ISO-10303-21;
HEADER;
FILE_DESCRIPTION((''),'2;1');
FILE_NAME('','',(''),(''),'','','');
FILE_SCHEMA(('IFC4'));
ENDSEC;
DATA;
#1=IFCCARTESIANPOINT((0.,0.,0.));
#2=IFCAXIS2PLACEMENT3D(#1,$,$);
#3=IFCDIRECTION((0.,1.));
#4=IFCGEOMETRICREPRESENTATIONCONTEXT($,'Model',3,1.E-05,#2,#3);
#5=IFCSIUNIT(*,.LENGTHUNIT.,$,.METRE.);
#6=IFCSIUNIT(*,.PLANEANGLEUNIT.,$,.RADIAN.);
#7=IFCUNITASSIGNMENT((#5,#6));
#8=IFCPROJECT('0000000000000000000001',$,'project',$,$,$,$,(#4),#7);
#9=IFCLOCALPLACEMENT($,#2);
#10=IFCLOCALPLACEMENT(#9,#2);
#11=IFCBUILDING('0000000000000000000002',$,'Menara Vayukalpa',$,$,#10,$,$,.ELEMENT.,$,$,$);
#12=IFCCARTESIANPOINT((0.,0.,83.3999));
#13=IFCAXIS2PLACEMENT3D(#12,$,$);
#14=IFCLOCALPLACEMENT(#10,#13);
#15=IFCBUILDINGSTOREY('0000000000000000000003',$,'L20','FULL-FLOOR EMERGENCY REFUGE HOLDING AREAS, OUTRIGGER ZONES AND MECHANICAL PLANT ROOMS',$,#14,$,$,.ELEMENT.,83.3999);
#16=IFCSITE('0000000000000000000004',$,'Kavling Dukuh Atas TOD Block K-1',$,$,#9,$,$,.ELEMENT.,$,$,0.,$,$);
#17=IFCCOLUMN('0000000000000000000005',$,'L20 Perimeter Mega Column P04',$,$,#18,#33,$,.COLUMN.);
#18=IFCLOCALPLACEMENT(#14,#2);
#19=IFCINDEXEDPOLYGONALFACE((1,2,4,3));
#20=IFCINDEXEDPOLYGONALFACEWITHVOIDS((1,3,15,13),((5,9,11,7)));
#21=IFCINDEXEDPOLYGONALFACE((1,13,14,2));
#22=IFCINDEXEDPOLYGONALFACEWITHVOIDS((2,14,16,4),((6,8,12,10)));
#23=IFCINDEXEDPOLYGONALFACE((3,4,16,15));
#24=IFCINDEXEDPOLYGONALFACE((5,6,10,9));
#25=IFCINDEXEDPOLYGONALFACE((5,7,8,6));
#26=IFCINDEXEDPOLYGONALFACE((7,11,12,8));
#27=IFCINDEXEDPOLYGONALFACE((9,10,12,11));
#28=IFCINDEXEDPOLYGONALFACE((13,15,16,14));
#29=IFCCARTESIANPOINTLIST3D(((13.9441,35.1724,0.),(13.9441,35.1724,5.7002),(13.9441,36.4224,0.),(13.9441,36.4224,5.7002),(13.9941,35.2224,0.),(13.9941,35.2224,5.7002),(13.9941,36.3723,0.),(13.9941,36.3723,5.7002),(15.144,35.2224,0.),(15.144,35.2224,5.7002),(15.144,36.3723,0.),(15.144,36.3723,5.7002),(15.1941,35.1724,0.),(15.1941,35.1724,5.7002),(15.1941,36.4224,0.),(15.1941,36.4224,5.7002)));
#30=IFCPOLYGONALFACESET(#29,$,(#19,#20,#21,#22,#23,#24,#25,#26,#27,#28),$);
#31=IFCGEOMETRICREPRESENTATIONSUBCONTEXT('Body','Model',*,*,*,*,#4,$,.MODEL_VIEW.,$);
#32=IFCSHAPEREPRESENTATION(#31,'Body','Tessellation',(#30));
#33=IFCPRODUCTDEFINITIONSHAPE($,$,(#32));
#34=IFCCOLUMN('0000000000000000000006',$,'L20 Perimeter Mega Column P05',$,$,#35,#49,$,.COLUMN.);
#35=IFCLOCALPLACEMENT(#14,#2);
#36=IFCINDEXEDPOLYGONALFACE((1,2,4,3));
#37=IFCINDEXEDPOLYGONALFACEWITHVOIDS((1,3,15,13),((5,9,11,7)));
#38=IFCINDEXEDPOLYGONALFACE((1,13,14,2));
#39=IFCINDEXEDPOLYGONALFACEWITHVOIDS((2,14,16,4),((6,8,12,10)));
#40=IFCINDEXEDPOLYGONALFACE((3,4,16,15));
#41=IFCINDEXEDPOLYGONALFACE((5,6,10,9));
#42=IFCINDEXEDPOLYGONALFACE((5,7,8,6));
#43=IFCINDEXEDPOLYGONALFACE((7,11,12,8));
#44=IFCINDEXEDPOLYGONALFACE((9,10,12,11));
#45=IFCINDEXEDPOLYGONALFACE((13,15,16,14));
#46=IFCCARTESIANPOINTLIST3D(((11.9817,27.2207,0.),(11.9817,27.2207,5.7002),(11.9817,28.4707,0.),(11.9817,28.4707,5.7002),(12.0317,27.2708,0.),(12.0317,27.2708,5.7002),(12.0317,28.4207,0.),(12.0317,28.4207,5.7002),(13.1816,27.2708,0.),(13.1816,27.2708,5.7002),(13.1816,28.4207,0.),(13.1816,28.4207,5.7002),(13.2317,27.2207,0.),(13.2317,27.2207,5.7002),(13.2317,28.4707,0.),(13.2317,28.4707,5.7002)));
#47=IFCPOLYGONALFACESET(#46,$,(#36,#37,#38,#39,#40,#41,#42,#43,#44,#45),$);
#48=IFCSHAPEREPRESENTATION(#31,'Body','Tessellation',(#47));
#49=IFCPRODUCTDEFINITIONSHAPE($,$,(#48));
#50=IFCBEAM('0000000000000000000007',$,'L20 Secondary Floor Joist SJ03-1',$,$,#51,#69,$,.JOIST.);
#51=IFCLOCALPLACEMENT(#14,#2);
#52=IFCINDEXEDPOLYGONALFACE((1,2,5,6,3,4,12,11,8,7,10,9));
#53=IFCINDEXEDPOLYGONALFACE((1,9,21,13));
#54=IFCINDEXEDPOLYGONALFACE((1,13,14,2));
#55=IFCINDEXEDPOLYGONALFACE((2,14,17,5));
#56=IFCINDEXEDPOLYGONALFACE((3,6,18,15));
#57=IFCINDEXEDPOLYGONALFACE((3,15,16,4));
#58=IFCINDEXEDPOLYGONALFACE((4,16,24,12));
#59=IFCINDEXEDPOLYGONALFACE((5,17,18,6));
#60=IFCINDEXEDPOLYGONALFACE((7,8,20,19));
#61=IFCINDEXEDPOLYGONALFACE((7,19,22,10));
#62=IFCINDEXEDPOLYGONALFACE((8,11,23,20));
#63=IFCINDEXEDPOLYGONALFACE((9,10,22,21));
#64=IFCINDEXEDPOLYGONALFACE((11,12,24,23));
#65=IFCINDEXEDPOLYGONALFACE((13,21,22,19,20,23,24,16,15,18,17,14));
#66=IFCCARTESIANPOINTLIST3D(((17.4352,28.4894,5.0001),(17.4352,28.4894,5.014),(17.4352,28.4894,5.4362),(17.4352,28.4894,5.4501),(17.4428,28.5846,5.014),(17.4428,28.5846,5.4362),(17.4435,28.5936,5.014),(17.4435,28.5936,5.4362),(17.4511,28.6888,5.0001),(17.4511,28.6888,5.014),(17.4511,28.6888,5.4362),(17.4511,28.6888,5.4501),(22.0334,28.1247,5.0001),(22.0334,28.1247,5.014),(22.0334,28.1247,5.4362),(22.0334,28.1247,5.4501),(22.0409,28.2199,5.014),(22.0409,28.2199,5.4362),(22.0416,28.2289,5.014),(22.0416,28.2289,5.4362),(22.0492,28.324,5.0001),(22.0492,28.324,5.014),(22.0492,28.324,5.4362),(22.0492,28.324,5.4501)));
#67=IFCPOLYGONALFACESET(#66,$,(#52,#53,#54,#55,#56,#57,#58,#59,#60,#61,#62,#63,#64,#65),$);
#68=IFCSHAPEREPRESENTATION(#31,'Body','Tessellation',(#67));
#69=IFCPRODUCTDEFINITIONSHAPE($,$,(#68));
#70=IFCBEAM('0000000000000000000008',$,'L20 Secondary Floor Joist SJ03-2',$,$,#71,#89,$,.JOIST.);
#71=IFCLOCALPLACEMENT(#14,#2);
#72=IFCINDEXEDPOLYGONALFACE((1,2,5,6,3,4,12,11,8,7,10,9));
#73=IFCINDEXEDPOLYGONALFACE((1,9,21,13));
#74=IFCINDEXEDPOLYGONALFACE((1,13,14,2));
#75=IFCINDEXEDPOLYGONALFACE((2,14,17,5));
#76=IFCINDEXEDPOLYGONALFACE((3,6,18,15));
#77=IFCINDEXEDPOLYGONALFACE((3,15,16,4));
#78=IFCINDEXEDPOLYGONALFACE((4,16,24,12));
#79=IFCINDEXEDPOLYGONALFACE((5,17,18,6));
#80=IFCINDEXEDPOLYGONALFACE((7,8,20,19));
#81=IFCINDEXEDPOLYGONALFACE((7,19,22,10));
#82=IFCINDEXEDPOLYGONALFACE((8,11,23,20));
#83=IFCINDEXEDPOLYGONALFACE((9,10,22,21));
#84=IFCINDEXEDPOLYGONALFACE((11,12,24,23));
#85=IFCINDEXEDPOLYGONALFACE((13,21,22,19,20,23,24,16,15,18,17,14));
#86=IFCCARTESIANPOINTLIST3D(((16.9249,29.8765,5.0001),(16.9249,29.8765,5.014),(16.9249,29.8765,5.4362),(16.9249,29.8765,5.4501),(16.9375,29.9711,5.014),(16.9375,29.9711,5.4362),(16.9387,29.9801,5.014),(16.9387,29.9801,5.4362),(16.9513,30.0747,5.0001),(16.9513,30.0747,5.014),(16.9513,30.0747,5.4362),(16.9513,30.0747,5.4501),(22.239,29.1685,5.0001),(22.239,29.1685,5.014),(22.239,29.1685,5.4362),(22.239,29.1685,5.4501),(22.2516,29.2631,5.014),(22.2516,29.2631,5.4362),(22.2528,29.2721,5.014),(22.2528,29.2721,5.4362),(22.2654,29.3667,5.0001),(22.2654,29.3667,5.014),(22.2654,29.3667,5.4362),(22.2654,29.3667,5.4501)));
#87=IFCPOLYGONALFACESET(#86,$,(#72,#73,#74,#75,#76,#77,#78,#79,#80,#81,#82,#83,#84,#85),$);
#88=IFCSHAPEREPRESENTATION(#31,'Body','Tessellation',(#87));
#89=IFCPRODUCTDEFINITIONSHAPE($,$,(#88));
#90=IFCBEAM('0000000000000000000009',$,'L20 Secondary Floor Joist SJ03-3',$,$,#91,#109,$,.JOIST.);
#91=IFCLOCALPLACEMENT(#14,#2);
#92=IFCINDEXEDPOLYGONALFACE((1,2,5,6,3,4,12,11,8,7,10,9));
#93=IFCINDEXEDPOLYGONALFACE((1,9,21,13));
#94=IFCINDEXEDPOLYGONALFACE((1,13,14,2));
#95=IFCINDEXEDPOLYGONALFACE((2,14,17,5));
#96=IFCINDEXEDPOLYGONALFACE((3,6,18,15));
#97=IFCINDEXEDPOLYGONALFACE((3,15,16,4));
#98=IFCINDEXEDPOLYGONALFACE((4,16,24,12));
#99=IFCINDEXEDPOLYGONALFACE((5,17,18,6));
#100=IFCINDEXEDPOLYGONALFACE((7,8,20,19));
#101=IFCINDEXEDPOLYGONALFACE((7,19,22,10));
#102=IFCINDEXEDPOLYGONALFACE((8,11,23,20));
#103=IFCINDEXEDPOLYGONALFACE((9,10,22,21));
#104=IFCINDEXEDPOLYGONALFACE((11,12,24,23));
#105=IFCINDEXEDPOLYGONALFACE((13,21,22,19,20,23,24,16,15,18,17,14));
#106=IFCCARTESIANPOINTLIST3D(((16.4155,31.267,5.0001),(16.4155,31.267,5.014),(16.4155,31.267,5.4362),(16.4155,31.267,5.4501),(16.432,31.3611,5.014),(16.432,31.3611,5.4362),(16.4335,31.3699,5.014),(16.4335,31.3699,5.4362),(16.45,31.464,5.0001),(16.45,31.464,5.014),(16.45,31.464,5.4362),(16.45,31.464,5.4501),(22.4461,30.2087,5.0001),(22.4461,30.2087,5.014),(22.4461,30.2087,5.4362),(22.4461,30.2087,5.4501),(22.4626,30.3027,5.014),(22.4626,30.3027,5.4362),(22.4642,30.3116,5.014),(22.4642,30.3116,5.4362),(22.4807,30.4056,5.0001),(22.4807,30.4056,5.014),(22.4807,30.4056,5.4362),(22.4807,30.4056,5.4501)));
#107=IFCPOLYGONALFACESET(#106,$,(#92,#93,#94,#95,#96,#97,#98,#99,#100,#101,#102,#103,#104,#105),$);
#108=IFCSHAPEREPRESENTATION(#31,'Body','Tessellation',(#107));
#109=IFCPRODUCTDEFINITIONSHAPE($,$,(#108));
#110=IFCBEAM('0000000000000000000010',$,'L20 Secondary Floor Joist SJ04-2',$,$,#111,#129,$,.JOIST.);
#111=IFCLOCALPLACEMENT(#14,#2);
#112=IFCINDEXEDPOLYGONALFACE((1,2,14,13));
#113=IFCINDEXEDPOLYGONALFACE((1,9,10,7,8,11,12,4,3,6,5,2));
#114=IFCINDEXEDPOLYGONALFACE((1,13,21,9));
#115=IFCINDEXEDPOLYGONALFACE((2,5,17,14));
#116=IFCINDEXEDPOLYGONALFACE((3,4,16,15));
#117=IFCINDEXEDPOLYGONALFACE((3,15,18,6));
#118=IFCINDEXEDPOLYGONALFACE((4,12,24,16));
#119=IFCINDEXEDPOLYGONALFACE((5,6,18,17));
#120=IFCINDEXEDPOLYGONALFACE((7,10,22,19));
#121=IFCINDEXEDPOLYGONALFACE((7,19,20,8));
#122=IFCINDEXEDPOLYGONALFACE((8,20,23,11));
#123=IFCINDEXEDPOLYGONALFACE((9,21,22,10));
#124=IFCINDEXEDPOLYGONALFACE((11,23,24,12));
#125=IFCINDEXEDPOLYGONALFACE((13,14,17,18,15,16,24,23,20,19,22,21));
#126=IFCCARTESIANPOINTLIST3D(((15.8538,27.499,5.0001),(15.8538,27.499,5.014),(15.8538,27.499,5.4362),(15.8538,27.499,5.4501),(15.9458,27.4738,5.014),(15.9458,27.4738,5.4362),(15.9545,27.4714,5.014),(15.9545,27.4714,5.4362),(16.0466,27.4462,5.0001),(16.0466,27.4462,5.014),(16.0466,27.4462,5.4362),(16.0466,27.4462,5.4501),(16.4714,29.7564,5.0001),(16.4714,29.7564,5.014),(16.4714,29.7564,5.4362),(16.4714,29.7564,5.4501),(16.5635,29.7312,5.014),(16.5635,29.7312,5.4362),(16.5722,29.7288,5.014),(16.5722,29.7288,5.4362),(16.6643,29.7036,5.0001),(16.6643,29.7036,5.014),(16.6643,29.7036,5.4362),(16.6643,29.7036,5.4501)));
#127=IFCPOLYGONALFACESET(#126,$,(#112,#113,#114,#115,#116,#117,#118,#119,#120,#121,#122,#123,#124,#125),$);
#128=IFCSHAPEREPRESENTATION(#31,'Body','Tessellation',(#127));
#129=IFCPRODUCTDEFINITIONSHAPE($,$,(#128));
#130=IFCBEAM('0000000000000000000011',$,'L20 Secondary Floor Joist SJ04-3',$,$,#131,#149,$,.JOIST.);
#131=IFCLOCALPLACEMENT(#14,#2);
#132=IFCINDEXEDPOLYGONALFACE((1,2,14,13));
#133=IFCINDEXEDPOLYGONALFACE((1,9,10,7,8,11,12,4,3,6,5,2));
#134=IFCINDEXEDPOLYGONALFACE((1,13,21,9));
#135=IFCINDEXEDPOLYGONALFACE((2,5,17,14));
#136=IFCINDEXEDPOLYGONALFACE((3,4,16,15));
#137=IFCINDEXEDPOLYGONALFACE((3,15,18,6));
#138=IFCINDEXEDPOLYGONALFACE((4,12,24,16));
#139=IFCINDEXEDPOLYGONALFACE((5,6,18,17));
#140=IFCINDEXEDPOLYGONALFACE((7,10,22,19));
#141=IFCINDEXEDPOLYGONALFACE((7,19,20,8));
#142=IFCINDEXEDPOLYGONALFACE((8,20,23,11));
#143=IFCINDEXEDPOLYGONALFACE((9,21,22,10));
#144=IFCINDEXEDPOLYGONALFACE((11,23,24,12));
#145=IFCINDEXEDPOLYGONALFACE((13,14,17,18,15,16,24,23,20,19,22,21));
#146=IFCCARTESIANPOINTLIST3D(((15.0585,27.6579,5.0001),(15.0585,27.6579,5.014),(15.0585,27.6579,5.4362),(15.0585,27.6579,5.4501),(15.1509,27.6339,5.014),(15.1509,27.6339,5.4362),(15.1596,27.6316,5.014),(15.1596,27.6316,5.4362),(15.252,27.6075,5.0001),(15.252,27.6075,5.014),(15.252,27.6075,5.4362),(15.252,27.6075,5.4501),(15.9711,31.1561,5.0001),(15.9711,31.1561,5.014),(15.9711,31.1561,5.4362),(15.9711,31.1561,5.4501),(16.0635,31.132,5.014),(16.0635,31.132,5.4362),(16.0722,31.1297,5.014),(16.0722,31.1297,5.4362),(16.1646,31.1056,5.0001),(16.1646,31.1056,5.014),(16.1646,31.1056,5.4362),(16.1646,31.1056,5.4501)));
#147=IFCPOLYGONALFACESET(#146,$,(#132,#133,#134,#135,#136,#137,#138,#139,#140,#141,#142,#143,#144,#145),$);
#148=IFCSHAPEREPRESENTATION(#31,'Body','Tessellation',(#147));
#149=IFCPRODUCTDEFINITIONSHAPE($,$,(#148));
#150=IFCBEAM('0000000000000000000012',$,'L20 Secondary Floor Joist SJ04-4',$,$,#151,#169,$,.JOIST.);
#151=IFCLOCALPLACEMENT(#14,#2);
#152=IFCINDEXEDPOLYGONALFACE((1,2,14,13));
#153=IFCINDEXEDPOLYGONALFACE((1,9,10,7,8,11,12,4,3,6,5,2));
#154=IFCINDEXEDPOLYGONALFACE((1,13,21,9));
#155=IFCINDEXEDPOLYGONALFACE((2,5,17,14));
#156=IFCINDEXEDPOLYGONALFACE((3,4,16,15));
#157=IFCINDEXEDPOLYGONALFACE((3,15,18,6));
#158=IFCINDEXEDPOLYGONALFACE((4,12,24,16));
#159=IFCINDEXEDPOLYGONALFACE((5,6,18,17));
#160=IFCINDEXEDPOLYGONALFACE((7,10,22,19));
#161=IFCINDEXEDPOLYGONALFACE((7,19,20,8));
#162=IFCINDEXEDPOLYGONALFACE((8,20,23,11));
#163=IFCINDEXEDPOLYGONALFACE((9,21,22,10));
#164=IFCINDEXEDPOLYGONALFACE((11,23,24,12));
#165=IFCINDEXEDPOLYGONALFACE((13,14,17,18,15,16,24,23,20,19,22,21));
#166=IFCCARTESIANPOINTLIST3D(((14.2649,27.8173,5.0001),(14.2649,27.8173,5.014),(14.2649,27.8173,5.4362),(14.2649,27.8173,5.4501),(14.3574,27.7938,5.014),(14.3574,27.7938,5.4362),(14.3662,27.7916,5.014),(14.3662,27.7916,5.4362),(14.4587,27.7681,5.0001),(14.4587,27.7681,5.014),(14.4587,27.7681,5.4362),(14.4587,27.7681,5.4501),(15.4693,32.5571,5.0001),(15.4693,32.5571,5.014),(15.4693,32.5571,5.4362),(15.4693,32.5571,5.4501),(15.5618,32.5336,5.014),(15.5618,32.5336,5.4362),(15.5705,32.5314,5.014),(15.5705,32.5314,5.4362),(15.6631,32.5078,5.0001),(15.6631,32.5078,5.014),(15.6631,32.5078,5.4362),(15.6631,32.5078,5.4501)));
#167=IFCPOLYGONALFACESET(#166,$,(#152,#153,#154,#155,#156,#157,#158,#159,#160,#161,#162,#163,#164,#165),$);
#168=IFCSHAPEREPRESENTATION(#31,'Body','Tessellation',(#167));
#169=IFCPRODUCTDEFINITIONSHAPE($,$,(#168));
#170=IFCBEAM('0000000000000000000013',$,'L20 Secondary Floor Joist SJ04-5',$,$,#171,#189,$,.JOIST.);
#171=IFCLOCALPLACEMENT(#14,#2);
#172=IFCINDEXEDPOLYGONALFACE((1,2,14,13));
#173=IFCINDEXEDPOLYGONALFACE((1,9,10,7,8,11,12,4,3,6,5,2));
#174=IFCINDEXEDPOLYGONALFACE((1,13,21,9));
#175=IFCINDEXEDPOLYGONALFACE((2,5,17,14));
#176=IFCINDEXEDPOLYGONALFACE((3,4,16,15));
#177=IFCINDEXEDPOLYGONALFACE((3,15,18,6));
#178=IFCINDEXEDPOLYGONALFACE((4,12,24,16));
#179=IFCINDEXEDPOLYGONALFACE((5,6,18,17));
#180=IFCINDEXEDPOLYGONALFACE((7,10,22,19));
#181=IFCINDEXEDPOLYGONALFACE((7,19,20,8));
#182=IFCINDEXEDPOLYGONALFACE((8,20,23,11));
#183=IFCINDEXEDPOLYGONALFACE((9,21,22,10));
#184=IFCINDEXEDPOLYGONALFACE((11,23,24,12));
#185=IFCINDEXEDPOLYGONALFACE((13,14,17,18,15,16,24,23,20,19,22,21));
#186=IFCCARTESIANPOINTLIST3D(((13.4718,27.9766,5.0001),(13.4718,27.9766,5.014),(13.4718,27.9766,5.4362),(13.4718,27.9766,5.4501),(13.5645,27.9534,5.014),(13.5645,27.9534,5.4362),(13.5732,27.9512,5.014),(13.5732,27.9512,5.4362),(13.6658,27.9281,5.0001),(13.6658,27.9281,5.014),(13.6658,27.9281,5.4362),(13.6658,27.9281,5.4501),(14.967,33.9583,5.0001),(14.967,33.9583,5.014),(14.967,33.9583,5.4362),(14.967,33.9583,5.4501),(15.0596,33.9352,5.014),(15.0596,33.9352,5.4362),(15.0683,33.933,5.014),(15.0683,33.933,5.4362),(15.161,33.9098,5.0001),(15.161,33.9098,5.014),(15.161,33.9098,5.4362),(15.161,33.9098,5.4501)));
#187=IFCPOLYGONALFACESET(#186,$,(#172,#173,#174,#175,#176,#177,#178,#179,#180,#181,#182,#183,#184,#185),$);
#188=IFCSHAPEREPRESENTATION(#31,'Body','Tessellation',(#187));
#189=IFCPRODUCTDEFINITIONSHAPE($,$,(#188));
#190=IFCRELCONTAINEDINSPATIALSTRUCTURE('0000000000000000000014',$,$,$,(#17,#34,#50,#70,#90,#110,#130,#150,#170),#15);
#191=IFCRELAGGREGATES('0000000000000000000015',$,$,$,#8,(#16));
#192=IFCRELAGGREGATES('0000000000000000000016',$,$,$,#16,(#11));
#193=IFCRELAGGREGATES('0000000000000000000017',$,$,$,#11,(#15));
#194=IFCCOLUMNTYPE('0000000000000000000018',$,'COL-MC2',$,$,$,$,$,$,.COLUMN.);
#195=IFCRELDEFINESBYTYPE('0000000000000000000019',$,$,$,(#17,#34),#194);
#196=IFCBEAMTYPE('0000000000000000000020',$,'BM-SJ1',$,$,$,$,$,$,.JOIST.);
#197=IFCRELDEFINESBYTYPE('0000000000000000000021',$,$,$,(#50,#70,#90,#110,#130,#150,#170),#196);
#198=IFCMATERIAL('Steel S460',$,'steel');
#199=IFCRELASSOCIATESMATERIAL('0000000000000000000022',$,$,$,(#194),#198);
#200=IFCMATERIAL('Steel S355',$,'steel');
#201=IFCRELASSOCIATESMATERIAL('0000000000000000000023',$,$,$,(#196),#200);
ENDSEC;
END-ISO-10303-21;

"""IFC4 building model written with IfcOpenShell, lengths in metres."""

from ifc_helpers import new_model, si_unit, direction, frame, origin, origin_2d, place, context, subcontext, project, spatial, hollow_rectangle, i_section, extrude, material, material_profile, profile_set, type_object, element, save


model = new_model("IFC4")

# Units and contexts
model_context = context("Model", 3, precision=1e-05, world=origin(), true_north=direction((0.0, 1.0)))
body_context = subcontext(model_context, "Body", "Model", "MODEL_VIEW")
ifc_project = project(units=[si_unit("LENGTHUNIT", "METRE"), si_unit("PLANEANGLEUNIT", "RADIAN")], contexts=[model_context])

# Site, building, storey
site_placement = place(None, origin())
site = spatial("IfcSite", under=ifc_project, at=site_placement, Name="Kavling Dukuh Atas TOD Block K-1", CompositionType="ELEMENT", RefElevation=0.0)
building_placement = place(site_placement, origin())
building = spatial("IfcBuilding", under=site, at=building_placement, Name="Menara Vayukalpa", CompositionType="ELEMENT")
storey_placement = place(building_placement, frame((0.0, 0.0, 83.3999)))
storey = spatial("IfcBuildingStorey", under=building, at=storey_placement, Name="L20", Description="FULL-FLOOR EMERGENCY REFUGE HOLDING AREAS, OUTRIGGER ZONES AND MECHANICAL PLANT ROOMS", CompositionType="ELEMENT", Elevation=83.3999)

# Columns
ifc_material_1 = material(Name="Steel S460", Category="steel")
ifc_material_profile_1 = material_profile(ifc_material_1, hollow_rectangle(XDim=1.25, YDim=1.25, WallThickness=0.05, at=origin_2d()), Name="BOX 1250x1250x50")
ifc_profile_set_1 = profile_set([ifc_material_profile_1], Name="Steel S460")
column_type = type_object("IfcColumnType", Name="COL-MC2", PredefinedType="COLUMN", material=ifc_profile_set_1)
for number, where, z_axis, x_axis, name in (
    (1, (14.5691, 35.7974, 0.0), (0.0, 0.0, 1.0), (1.0, 0.0, 0.0), "L20 Perimeter Mega Column P04"),
    (2, (12.6067, 27.8457, 0.0), (0.0, 0.0, 1.0), (1.0, 0.0, 0.0), "L20 Perimeter Mega Column P05"),
):
    element("IfcColumn", number, at=place(storey_placement, frame(where, z_axis=z_axis, x_axis=x_axis)), inside=storey, type_object=column_type, Name=name, PredefinedType="COLUMN", context=body_context, shape_type="SweptSolid", body=[
        extrude(hollow_rectangle(XDim=1.25, YDim=1.25, WallThickness=0.05, at=origin_2d()), origin(), (0.0, 0.0, 1.0), 5.7002),
    ])

# Beams
ifc_material_2 = material(Name="Steel S355", Category="steel")
ifc_material_profile_2 = material_profile(ifc_material_2, i_section(OverallWidth=0.2, OverallDepth=0.45, WebThickness=0.009, FlangeThickness=0.0139, at=origin_2d()), Name="WF 450x200x9x14")
ifc_profile_set_2 = profile_set([ifc_material_profile_2], Name="Steel S355")
beam_type_1 = type_object("IfcBeamType", Name="BM-SJ1", PredefinedType="JOIST", material=ifc_profile_set_2)
beam_1_placement = place(storey_placement, frame((22.0413, 28.2244, 5.2251), z_axis=(-0.996869, 0.079076, 0.0), x_axis=(-0.079076, -0.996869, 0.0)))
element("IfcBeam", 3, at=beam_1_placement, inside=storey, type_object=beam_type_1, Name="L20 Secondary Floor Joist SJ03-1", PredefinedType="JOIST", context=body_context, shape_type="SweptSolid", body=[
    extrude(i_section(OverallWidth=0.2, OverallDepth=0.45, WebThickness=0.009, FlangeThickness=0.0139, at=origin_2d()), origin(), (0.0, 0.0, 1.0), 4.6125),
])
beam_2_placement = place(storey_placement, frame((22.2522, 29.2676, 5.2251), z_axis=(-0.991241, 0.132062, 0.0), x_axis=(-0.132062, -0.991241, 0.0)))
element("IfcBeam", 4, at=beam_2_placement, inside=storey, type_object=beam_type_1, Name="L20 Secondary Floor Joist SJ03-2", PredefinedType="JOIST", context=body_context, shape_type="SweptSolid", body=[
    extrude(i_section(OverallWidth=0.2, OverallDepth=0.45, WebThickness=0.009, FlangeThickness=0.0139, at=origin_2d()), origin(), (0.0, 0.0, 1.0), 5.3611),
])
beam_3_placement = place(storey_placement, frame((22.4634, 30.3071, 5.2251), z_axis=(-0.984947, 0.172857, 0.0), x_axis=(-0.172857, -0.984947, 0.0)))
element("IfcBeam", 5, at=beam_3_placement, inside=storey, type_object=beam_type_1, Name="L20 Secondary Floor Joist SJ03-3", PredefinedType="JOIST", context=body_context, shape_type="SweptSolid", body=[
    extrude(i_section(OverallWidth=0.2, OverallDepth=0.45, WebThickness=0.009, FlangeThickness=0.0139, at=origin_2d()), origin(), (0.0, 0.0, 1.0), 6.1228),
])
beam_4_placement = place(storey_placement, frame((16.5679, 29.73, 5.2251), z_axis=(-0.263929, -0.964542, 0.0), x_axis=(0.964542, -0.263929, 0.0)))
element("IfcBeam", 6, at=beam_4_placement, inside=storey, type_object=beam_type_1, Name="L20 Secondary Floor Joist SJ04-2", PredefinedType="JOIST", context=body_context, shape_type="SweptSolid", body=[
    extrude(i_section(OverallWidth=0.2, OverallDepth=0.45, WebThickness=0.009, FlangeThickness=0.0139, at=origin_2d()), origin(), (0.0, 0.0, 1.0), 2.3403),
])
beam_5_placement = place(storey_placement, frame((16.0679, 31.1309, 5.2251), z_axis=(-0.252438, -0.967613, 0.0), x_axis=(0.967613, -0.252438, 0.0)))
element("IfcBeam", 7, at=beam_5_placement, inside=storey, type_object=beam_type_1, Name="L20 Secondary Floor Joist SJ04-3", PredefinedType="JOIST", context=body_context, shape_type="SweptSolid", body=[
    extrude(i_section(OverallWidth=0.2, OverallDepth=0.45, WebThickness=0.009, FlangeThickness=0.0139, at=origin_2d()), origin(), (0.0, 0.0, 1.0), 3.6152),
])
beam_6_placement = place(storey_placement, frame((15.5662, 32.5325, 5.2251), z_axis=(-0.246269, -0.969201, 0.0), x_axis=(0.969201, -0.246269, 0.0)))
element("IfcBeam", 8, at=beam_6_placement, inside=storey, type_object=beam_type_1, Name="L20 Secondary Floor Joist SJ04-4", PredefinedType="JOIST", context=body_context, shape_type="SweptSolid", body=[
    extrude(i_section(OverallWidth=0.2, OverallDepth=0.45, WebThickness=0.009, FlangeThickness=0.0139, at=origin_2d()), origin(), (0.0, 0.0, 1.0), 4.8904),
])
beam_7_placement = place(storey_placement, frame((15.064, 33.9341, 5.2251), z_axis=(-0.242489, -0.970154, 0.0), x_axis=(0.970154, -0.242489, 0.0)))
element("IfcBeam", 9, at=beam_7_placement, inside=storey, type_object=beam_type_1, Name="L20 Secondary Floor Joist SJ04-5", PredefinedType="JOIST", context=body_context, shape_type="SweptSolid", body=[
    extrude(i_section(OverallWidth=0.2, OverallDepth=0.45, WebThickness=0.009, FlangeThickness=0.0139, at=origin_2d()), origin(), (0.0, 0.0, 1.0), 6.1658),
])

save(model, "model.ifc")
